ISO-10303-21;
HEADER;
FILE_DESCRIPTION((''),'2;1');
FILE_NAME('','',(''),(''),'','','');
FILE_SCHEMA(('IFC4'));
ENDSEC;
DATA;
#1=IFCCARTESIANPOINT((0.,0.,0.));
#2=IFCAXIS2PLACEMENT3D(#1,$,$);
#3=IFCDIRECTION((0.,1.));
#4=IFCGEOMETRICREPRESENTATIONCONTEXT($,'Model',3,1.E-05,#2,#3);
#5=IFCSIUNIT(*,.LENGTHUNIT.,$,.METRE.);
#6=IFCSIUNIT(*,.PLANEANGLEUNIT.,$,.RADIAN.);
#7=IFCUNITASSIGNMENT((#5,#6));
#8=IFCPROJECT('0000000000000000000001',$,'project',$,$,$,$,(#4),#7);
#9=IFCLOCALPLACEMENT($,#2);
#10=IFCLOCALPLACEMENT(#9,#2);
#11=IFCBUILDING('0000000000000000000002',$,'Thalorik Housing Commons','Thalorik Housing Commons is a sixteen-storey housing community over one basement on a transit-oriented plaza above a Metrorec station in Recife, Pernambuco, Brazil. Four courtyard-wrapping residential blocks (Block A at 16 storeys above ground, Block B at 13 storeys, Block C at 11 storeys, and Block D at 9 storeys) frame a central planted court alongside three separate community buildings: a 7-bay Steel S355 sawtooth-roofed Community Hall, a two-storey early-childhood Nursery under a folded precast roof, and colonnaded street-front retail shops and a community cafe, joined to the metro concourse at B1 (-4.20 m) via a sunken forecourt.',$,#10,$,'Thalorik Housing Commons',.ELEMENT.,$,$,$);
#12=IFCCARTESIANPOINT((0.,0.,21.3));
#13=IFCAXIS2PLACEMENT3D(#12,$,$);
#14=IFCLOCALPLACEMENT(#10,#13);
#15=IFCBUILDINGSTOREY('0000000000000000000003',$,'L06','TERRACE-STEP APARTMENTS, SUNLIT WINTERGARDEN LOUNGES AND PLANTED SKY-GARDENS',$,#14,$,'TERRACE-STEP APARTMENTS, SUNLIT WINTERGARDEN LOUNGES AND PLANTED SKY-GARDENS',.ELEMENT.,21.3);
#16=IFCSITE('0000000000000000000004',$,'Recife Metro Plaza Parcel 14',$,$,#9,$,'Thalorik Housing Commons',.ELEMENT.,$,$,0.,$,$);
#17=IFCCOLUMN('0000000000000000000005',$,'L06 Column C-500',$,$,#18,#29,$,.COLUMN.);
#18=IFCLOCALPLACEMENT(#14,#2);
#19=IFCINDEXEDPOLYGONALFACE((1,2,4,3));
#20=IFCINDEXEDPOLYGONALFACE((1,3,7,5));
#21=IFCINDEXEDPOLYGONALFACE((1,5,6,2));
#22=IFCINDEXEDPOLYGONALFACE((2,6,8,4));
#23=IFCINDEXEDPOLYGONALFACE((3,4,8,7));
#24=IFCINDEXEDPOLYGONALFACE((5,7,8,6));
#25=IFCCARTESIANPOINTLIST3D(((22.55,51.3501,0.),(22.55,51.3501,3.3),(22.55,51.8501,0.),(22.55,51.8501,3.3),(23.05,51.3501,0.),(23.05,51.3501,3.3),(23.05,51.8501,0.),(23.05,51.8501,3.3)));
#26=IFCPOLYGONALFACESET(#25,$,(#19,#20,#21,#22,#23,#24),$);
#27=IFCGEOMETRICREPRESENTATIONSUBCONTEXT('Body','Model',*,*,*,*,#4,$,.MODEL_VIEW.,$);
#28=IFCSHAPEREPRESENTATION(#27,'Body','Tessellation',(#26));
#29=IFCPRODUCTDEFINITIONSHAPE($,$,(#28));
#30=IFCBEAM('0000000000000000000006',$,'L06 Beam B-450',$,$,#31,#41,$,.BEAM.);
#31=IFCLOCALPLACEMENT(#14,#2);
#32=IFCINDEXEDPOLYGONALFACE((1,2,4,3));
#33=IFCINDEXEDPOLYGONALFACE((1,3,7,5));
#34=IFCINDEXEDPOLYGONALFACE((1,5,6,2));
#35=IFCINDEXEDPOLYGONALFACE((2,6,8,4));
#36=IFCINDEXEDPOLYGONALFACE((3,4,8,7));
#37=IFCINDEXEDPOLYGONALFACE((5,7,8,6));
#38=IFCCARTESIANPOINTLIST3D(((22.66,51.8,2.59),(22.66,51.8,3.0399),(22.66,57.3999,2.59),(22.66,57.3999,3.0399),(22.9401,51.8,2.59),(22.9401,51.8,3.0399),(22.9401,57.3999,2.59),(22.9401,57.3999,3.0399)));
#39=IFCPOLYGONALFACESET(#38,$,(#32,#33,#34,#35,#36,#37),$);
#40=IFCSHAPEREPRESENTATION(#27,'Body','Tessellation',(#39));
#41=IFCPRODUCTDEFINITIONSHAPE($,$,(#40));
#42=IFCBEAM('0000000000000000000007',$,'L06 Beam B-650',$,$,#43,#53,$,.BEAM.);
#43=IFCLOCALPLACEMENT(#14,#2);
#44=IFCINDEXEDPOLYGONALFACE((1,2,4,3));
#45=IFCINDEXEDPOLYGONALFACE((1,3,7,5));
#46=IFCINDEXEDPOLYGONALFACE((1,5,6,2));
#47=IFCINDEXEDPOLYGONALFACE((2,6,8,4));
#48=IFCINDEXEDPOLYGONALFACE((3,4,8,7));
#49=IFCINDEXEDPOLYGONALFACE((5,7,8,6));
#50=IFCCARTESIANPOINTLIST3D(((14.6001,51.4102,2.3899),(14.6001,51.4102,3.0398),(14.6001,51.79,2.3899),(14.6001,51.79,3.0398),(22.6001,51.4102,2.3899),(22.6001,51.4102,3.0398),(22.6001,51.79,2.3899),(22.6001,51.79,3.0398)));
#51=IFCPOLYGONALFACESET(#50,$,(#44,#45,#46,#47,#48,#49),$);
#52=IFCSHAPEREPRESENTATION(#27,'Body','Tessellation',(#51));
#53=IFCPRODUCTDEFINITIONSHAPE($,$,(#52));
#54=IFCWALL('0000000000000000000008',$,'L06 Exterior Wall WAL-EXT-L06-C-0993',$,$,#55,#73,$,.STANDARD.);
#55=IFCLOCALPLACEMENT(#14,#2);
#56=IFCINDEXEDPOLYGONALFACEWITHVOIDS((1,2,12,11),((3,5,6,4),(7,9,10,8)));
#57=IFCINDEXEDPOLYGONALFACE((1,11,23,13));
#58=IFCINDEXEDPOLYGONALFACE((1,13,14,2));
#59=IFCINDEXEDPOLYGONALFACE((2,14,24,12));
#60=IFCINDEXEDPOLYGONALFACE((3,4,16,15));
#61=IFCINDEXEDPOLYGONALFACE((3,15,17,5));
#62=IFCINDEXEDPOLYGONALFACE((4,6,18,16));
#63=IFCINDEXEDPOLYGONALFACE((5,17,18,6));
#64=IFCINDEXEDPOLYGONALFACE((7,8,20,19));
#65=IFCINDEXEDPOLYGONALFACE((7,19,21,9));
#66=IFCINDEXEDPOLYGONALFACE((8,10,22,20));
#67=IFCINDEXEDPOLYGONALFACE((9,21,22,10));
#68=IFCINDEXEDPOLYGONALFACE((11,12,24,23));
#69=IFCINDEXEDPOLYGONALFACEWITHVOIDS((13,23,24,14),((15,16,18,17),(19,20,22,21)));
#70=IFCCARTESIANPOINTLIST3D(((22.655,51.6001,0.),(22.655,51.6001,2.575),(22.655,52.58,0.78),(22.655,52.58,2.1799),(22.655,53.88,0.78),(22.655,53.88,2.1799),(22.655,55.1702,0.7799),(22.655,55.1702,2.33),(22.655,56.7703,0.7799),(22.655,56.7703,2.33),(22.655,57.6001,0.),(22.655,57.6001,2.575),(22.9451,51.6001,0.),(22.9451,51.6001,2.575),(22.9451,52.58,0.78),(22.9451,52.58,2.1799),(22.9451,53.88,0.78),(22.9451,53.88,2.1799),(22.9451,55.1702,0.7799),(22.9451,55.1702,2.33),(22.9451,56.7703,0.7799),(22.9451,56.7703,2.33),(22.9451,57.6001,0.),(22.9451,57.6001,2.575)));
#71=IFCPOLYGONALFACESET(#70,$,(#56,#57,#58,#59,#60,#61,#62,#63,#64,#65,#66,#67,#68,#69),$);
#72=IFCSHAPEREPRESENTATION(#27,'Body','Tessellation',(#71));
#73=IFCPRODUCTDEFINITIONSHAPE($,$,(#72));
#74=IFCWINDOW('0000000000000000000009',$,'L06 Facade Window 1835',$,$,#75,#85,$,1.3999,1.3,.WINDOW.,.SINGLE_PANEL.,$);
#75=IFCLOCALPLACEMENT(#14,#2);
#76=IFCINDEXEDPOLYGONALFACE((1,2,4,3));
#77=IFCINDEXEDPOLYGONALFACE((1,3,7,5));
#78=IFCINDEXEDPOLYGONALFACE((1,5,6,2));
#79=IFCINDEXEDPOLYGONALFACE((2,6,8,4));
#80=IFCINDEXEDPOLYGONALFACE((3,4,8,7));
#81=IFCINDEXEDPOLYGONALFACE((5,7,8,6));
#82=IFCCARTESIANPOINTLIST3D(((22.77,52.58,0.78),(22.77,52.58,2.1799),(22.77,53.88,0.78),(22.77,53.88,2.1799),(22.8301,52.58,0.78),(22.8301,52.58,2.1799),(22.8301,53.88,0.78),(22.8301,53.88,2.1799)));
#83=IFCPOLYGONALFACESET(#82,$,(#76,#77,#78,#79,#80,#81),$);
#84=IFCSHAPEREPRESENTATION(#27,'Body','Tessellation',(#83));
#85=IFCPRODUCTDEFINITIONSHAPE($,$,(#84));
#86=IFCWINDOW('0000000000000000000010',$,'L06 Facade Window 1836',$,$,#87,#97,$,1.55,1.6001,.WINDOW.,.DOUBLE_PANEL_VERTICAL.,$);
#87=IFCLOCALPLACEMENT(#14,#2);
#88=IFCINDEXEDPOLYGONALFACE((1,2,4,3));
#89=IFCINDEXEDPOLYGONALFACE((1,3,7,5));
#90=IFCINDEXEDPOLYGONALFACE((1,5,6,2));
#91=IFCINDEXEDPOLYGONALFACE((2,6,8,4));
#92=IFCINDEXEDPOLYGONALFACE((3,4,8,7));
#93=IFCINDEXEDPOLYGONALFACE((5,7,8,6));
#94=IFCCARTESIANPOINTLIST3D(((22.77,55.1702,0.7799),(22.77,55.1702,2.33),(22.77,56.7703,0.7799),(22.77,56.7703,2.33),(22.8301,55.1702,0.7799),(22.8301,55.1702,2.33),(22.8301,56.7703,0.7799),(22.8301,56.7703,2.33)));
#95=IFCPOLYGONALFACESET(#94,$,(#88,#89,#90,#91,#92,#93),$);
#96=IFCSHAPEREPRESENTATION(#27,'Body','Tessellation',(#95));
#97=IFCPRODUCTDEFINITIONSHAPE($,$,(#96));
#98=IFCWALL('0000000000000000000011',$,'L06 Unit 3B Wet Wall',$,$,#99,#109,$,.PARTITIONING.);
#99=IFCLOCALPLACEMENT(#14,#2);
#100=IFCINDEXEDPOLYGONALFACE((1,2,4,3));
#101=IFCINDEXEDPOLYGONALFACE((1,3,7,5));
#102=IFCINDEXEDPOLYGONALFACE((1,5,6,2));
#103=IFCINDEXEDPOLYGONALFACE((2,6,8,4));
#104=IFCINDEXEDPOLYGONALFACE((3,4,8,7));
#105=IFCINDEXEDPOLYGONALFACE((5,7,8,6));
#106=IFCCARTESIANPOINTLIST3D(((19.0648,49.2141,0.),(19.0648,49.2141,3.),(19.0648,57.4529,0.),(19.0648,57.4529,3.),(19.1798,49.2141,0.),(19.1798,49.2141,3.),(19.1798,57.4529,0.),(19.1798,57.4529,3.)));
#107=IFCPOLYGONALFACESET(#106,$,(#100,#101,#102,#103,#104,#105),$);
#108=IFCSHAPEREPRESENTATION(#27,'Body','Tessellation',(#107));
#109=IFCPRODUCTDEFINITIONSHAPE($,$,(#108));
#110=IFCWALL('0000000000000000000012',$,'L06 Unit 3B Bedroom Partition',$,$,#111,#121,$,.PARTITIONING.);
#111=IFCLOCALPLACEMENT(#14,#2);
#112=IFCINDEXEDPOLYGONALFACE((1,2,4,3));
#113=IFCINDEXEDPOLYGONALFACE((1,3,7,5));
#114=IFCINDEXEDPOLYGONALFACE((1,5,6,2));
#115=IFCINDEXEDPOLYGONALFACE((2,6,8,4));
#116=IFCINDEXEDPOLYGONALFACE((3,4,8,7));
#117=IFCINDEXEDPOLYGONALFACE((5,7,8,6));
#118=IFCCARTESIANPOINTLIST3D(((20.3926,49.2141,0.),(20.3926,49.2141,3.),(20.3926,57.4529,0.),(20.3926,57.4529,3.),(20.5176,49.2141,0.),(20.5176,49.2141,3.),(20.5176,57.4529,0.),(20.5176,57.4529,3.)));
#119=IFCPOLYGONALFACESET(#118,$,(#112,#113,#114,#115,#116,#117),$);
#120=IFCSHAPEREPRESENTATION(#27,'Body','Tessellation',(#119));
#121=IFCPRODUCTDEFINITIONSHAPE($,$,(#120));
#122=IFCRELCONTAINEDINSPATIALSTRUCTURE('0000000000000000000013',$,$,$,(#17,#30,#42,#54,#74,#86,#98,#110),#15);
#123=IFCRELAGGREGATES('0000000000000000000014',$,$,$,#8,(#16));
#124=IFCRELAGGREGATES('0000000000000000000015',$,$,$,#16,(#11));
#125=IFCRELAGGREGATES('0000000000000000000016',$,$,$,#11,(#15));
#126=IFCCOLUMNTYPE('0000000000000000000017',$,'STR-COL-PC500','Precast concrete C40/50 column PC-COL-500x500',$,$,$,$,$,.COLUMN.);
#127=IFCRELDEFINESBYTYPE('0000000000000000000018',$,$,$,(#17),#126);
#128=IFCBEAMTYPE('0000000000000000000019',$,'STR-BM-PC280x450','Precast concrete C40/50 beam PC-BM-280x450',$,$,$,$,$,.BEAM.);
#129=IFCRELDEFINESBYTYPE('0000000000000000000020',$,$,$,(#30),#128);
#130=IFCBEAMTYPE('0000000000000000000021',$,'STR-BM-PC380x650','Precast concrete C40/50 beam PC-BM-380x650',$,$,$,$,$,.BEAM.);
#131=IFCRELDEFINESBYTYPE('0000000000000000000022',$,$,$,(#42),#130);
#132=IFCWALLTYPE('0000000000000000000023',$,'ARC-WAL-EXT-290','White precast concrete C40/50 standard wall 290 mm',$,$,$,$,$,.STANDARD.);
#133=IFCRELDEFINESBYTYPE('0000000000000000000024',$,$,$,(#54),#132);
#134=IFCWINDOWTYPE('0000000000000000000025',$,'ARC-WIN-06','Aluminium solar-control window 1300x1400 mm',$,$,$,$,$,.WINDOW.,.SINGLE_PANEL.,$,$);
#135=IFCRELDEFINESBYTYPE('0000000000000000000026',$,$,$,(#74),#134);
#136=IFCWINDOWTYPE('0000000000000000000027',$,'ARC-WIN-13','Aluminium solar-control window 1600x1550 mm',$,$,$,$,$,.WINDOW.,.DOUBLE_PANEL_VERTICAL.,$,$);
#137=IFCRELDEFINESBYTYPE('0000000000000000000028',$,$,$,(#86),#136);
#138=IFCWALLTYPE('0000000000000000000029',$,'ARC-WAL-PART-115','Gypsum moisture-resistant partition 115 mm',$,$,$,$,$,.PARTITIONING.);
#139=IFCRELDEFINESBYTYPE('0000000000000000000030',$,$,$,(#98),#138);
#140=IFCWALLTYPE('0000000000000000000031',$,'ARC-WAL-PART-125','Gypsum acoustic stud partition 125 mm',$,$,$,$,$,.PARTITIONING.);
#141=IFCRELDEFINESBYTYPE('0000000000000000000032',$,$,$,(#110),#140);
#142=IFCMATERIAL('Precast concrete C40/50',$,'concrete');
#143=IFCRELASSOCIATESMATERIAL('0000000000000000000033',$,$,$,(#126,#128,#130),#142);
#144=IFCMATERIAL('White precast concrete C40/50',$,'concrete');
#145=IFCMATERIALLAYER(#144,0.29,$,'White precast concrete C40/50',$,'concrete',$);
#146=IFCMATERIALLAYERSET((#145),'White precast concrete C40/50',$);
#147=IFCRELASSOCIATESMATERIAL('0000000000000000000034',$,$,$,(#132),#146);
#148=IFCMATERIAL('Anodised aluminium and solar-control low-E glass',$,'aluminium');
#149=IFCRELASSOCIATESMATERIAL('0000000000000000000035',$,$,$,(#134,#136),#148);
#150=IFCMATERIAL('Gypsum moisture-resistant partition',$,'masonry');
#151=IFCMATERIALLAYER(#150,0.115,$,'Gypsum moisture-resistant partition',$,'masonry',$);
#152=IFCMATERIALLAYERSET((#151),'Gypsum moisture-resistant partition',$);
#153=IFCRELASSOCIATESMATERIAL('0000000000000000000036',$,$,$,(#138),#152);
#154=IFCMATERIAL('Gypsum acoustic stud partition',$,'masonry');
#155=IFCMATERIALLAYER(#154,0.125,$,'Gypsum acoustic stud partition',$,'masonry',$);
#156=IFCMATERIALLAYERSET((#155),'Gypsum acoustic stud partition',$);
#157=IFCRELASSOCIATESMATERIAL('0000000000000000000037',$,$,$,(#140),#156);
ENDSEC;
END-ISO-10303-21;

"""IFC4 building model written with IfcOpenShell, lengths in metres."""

from ifc_helpers import new_model, si_unit, direction, frame, frame_2d, origin, origin_2d, place, context, subcontext, project, spatial, rectangle, extrude, material, layer, layer_set, material_profile, profile_set, type_object, element, fill, save


model = new_model("IFC4")

# Units and contexts
model_context = context("Model", 3, precision=1e-05, world=origin(), true_north=direction((0.0, 1.0)))
body_context = subcontext(model_context, "Body", "Model", "MODEL_VIEW")
ifc_project = project(units=[si_unit("LENGTHUNIT", "METRE"), si_unit("PLANEANGLEUNIT", "RADIAN")], contexts=[model_context])

# Site, building, storey
site_placement = place(None, origin())
site = spatial("IfcSite", under=ifc_project, at=site_placement, Name="Recife Metro Plaza Parcel 14", LongName="Thalorik Housing Commons", CompositionType="ELEMENT", RefElevation=0.0)
building_placement = place(site_placement, origin())
building = spatial("IfcBuilding", under=site, at=building_placement, Name="Thalorik Housing Commons", Description="Thalorik Housing Commons is a sixteen-storey housing community over one basement on a transit-oriented plaza above a Metrorec station in Recife, Pernambuco, Brazil. Four courtyard-wrapping residential blocks (Block A at 16 storeys above ground, Block B at 13 storeys, Block C at 11 storeys, and Block D at 9 storeys) frame a central planted court alongside three separate community buildings: a 7-bay Steel S355 sawtooth-roofed Community Hall, a two-storey early-childhood Nursery under a folded precast roof, and colonnaded street-front retail shops and a community cafe, joined to the metro concourse at B1 (-4.20 m) via a sunken forecourt.", LongName="Thalorik Housing Commons", CompositionType="ELEMENT")
storey_placement = place(building_placement, frame((0.0, 0.0, 21.3)))
storey = spatial("IfcBuildingStorey", under=building, at=storey_placement, Name="L06", Description="TERRACE-STEP APARTMENTS, SUNLIT WINTERGARDEN LOUNGES AND PLANTED SKY-GARDENS", LongName="TERRACE-STEP APARTMENTS, SUNLIT WINTERGARDEN LOUNGES AND PLANTED SKY-GARDENS", CompositionType="ELEMENT", Elevation=21.3)

# Column
ifc_material_1 = material(Name="Precast concrete C40/50", Category="concrete")
ifc_material_profile_1 = material_profile(ifc_material_1, rectangle(XDim=0.5, YDim=0.5, at=origin_2d()), Name="PC 500x500", Category="concrete")
ifc_profile_set_1 = profile_set([ifc_material_profile_1], Name="Precast concrete C40/50")
column_type = type_object("IfcColumnType", Name="STR-COL-PC500", Description="Precast concrete C40/50 column PC-COL-500x500", PredefinedType="COLUMN", material=ifc_profile_set_1)
column_placement = place(storey_placement, frame((22.8, 51.6001, 0.0), z_axis=(0.0, 0.0, 1.0), x_axis=(1.0, 0.0, 0.0)))
element("IfcColumn", 1, at=column_placement, inside=storey, type_object=column_type, Name="L06 Column C-500", PredefinedType="COLUMN", context=body_context, shape_type="SweptSolid", body=[
    extrude(rectangle(XDim=0.5, YDim=0.5, at=origin_2d()), origin(), (0.0, 0.0, 1.0), 3.3),
])

# Beams
ifc_material_profile_2 = material_profile(ifc_material_1, rectangle(XDim=0.28, YDim=0.45, at=origin_2d()), Name="PC 280x450", Category="concrete")
ifc_profile_set_2 = profile_set([ifc_material_profile_2], Name="Precast concrete C40/50")
beam_type_1 = type_object("IfcBeamType", Name="STR-BM-PC280x450", Description="Precast concrete C40/50 beam PC-BM-280x450", PredefinedType="BEAM", material=ifc_profile_set_2)
beam_1_placement = place(storey_placement, frame((22.8, 51.8, 2.8149), z_axis=(0.0, 1.0, 0.0), x_axis=(-1.0, 0.0, 0.0)))
element("IfcBeam", 2, at=beam_1_placement, inside=storey, type_object=beam_type_1, Name="L06 Beam B-450", PredefinedType="BEAM", context=body_context, shape_type="SweptSolid", body=[
    extrude(rectangle(XDim=0.28, YDim=0.45, at=origin_2d()), origin(), (0.0, 0.0, 1.0), 5.5999),
])
ifc_material_profile_3 = material_profile(ifc_material_1, rectangle(XDim=0.3799, YDim=0.6499, at=origin_2d()), Name="PC 380x650", Category="concrete")
ifc_profile_set_3 = profile_set([ifc_material_profile_3], Name="Precast concrete C40/50")
beam_type_2 = type_object("IfcBeamType", Name="STR-BM-PC380x650", Description="Precast concrete C40/50 beam PC-BM-380x650", PredefinedType="BEAM", material=ifc_profile_set_3)
beam_2_placement = place(storey_placement, frame((14.6001, 51.6001, 2.7148), z_axis=(1.0, 0.0, 0.0), x_axis=(0.0, 1.0, 0.0)))
element("IfcBeam", 3, at=beam_2_placement, inside=storey, type_object=beam_type_2, Name="L06 Beam B-650", PredefinedType="BEAM", context=body_context, shape_type="SweptSolid", body=[
    extrude(rectangle(XDim=0.3799, YDim=0.6499, at=origin_2d()), origin(), (0.0, 0.0, 1.0), 8.0),
])

# Wall, openings, windows
ifc_material_2 = material(Name="White precast concrete C40/50", Category="concrete")
ifc_layer_1 = layer(ifc_material_2, 0.29, Name="White precast concrete C40/50", Category="concrete")
ifc_layer_set_1 = layer_set([ifc_layer_1], Name="White precast concrete C40/50")
wall_type_1 = type_object("IfcWallType", Name="ARC-WAL-EXT-290", Description="White precast concrete C40/50 standard wall 290 mm", PredefinedType="STANDARD", material=ifc_layer_set_1)
wall_1_placement = place(storey_placement, frame((22.8, 51.6001, 0.0), z_axis=(0.0, 0.0, 1.0), x_axis=(0.0, 1.0, 0.0)))
wall_1 = element("IfcWall", 4, at=wall_1_placement, inside=storey, type_object=wall_type_1, Name="L06 Exterior Wall WAL-EXT-L06-C-0993", PredefinedType="STANDARD", context=body_context, shape_type="SweptSolid", body=[
    extrude(rectangle(XDim=6.0, YDim=0.29, at=frame_2d((3.0, 0.0))), origin(), (0.0, 0.0, 1.0), 2.575),
])
opening_1_placement = place(wall_1_placement, frame((0.98, 0.0, 0.78)))
opening_1 = element("IfcOpeningElement", 5, at=opening_1_placement, cuts=wall_1, PredefinedType="OPENING", context=body_context, shape_type="SweptSolid", body=[
    extrude(rectangle(XDim=1.3, YDim=1.3999, at=frame_2d((0.6499, 0.7))), frame((0.0, 0.155, 0.0), z_axis=(0.0, -1.0, 0.0), x_axis=(1.0, 0.0, 0.0)), (0.0, 0.0, 1.0), 0.3101),
])
opening_2_placement = place(wall_1_placement, frame((3.5701, 0.0, 0.78)))
opening_2 = element("IfcOpeningElement", 6, at=opening_2_placement, cuts=wall_1, PredefinedType="OPENING", context=body_context, shape_type="SweptSolid", body=[
    extrude(rectangle(XDim=1.6001, YDim=1.55, at=frame_2d((0.8, 0.7749))), frame((0.0, 0.155, 0.0), z_axis=(0.0, -1.0, 0.0), x_axis=(1.0, 0.0, 0.0)), (0.0, 0.0, 1.0), 0.3101),
])
ifc_material_3 = material(Name="Anodised aluminium and solar-control low-E glass", Category="aluminium")
window_type_1 = type_object("IfcWindowType", Name="ARC-WIN-06", Description="Aluminium solar-control window 1300x1400 mm", PartitioningType="SINGLE_PANEL", PredefinedType="WINDOW", material=ifc_material_3)
window_1_placement = place(opening_1_placement, origin())
window_1 = element("IfcWindow", 7, at=window_1_placement, inside=storey, type_object=window_type_1, Name="L06 Facade Window 1835", OverallHeight=1.3999, OverallWidth=1.3, PartitioningType="SINGLE_PANEL", PredefinedType="WINDOW", context=body_context, shape_type="SweptSolid", body=[
    extrude(rectangle(XDim=1.3, YDim=1.3999, at=frame_2d((0.6499, 0.7))), frame((0.0, 0.03, 0.0), z_axis=(0.0, -1.0, 0.0), x_axis=(1.0, 0.0, 0.0)), (0.0, 0.0, 1.0), 0.0601),
])
fill(opening_1, window_1)
window_type_2 = type_object("IfcWindowType", Name="ARC-WIN-13", Description="Aluminium solar-control window 1600x1550 mm", PartitioningType="DOUBLE_PANEL_VERTICAL", PredefinedType="WINDOW", material=ifc_material_3)
window_2_placement = place(opening_2_placement, origin())
window_2 = element("IfcWindow", 8, at=window_2_placement, inside=storey, type_object=window_type_2, Name="L06 Facade Window 1836", OverallHeight=1.55, OverallWidth=1.6001, PartitioningType="DOUBLE_PANEL_VERTICAL", PredefinedType="WINDOW", context=body_context, shape_type="SweptSolid", body=[
    extrude(rectangle(XDim=1.6001, YDim=1.55, at=frame_2d((0.8, 0.7749))), frame((0.0, 0.03, 0.0), z_axis=(0.0, -1.0, 0.0), x_axis=(1.0, 0.0, 0.0)), (0.0, 0.0, 1.0), 0.0601),
])
fill(opening_2, window_2)

# Walls
ifc_material_4 = material(Name="Gypsum moisture-resistant partition", Category="masonry")
ifc_layer_2 = layer(ifc_material_4, 0.115, Name="Gypsum moisture-resistant partition", Category="masonry")
ifc_layer_set_2 = layer_set([ifc_layer_2], Name="Gypsum moisture-resistant partition")
wall_type_2 = type_object("IfcWallType", Name="ARC-WAL-PART-115", Description="Gypsum moisture-resistant partition 115 mm", PredefinedType="PARTITIONING", material=ifc_layer_set_2)
wall_2_placement = place(storey_placement, frame((19.1223, 49.2141, 0.0), z_axis=(0.0, 0.0, 1.0), x_axis=(0.0, 1.0, 0.0)))
element("IfcWall", 9, at=wall_2_placement, inside=storey, type_object=wall_type_2, Name="L06 Unit 3B Wet Wall", PredefinedType="PARTITIONING", context=body_context, shape_type="SweptSolid", body=[
    extrude(rectangle(XDim=8.2388, YDim=0.115, at=frame_2d((4.1194, 0.0))), origin(), (0.0, 0.0, 1.0), 3.0),
])
ifc_material_5 = material(Name="Gypsum acoustic stud partition", Category="masonry")
ifc_layer_3 = layer(ifc_material_5, 0.125, Name="Gypsum acoustic stud partition", Category="masonry")
ifc_layer_set_3 = layer_set([ifc_layer_3], Name="Gypsum acoustic stud partition")
wall_type_3 = type_object("IfcWallType", Name="ARC-WAL-PART-125", Description="Gypsum acoustic stud partition 125 mm", PredefinedType="PARTITIONING", material=ifc_layer_set_3)
wall_3_placement = place(storey_placement, frame((20.4551, 49.2141, 0.0), z_axis=(0.0, 0.0, 1.0), x_axis=(0.0, 1.0, 0.0)))
element("IfcWall", 10, at=wall_3_placement, inside=storey, type_object=wall_type_3, Name="L06 Unit 3B Bedroom Partition", PredefinedType="PARTITIONING", context=body_context, shape_type="SweptSolid", body=[
    extrude(rectangle(XDim=8.2388, YDim=0.125, at=frame_2d((4.1194, 0.0))), origin(), (0.0, 0.0, 1.0), 3.0),
])

save(model, "model.ifc")
